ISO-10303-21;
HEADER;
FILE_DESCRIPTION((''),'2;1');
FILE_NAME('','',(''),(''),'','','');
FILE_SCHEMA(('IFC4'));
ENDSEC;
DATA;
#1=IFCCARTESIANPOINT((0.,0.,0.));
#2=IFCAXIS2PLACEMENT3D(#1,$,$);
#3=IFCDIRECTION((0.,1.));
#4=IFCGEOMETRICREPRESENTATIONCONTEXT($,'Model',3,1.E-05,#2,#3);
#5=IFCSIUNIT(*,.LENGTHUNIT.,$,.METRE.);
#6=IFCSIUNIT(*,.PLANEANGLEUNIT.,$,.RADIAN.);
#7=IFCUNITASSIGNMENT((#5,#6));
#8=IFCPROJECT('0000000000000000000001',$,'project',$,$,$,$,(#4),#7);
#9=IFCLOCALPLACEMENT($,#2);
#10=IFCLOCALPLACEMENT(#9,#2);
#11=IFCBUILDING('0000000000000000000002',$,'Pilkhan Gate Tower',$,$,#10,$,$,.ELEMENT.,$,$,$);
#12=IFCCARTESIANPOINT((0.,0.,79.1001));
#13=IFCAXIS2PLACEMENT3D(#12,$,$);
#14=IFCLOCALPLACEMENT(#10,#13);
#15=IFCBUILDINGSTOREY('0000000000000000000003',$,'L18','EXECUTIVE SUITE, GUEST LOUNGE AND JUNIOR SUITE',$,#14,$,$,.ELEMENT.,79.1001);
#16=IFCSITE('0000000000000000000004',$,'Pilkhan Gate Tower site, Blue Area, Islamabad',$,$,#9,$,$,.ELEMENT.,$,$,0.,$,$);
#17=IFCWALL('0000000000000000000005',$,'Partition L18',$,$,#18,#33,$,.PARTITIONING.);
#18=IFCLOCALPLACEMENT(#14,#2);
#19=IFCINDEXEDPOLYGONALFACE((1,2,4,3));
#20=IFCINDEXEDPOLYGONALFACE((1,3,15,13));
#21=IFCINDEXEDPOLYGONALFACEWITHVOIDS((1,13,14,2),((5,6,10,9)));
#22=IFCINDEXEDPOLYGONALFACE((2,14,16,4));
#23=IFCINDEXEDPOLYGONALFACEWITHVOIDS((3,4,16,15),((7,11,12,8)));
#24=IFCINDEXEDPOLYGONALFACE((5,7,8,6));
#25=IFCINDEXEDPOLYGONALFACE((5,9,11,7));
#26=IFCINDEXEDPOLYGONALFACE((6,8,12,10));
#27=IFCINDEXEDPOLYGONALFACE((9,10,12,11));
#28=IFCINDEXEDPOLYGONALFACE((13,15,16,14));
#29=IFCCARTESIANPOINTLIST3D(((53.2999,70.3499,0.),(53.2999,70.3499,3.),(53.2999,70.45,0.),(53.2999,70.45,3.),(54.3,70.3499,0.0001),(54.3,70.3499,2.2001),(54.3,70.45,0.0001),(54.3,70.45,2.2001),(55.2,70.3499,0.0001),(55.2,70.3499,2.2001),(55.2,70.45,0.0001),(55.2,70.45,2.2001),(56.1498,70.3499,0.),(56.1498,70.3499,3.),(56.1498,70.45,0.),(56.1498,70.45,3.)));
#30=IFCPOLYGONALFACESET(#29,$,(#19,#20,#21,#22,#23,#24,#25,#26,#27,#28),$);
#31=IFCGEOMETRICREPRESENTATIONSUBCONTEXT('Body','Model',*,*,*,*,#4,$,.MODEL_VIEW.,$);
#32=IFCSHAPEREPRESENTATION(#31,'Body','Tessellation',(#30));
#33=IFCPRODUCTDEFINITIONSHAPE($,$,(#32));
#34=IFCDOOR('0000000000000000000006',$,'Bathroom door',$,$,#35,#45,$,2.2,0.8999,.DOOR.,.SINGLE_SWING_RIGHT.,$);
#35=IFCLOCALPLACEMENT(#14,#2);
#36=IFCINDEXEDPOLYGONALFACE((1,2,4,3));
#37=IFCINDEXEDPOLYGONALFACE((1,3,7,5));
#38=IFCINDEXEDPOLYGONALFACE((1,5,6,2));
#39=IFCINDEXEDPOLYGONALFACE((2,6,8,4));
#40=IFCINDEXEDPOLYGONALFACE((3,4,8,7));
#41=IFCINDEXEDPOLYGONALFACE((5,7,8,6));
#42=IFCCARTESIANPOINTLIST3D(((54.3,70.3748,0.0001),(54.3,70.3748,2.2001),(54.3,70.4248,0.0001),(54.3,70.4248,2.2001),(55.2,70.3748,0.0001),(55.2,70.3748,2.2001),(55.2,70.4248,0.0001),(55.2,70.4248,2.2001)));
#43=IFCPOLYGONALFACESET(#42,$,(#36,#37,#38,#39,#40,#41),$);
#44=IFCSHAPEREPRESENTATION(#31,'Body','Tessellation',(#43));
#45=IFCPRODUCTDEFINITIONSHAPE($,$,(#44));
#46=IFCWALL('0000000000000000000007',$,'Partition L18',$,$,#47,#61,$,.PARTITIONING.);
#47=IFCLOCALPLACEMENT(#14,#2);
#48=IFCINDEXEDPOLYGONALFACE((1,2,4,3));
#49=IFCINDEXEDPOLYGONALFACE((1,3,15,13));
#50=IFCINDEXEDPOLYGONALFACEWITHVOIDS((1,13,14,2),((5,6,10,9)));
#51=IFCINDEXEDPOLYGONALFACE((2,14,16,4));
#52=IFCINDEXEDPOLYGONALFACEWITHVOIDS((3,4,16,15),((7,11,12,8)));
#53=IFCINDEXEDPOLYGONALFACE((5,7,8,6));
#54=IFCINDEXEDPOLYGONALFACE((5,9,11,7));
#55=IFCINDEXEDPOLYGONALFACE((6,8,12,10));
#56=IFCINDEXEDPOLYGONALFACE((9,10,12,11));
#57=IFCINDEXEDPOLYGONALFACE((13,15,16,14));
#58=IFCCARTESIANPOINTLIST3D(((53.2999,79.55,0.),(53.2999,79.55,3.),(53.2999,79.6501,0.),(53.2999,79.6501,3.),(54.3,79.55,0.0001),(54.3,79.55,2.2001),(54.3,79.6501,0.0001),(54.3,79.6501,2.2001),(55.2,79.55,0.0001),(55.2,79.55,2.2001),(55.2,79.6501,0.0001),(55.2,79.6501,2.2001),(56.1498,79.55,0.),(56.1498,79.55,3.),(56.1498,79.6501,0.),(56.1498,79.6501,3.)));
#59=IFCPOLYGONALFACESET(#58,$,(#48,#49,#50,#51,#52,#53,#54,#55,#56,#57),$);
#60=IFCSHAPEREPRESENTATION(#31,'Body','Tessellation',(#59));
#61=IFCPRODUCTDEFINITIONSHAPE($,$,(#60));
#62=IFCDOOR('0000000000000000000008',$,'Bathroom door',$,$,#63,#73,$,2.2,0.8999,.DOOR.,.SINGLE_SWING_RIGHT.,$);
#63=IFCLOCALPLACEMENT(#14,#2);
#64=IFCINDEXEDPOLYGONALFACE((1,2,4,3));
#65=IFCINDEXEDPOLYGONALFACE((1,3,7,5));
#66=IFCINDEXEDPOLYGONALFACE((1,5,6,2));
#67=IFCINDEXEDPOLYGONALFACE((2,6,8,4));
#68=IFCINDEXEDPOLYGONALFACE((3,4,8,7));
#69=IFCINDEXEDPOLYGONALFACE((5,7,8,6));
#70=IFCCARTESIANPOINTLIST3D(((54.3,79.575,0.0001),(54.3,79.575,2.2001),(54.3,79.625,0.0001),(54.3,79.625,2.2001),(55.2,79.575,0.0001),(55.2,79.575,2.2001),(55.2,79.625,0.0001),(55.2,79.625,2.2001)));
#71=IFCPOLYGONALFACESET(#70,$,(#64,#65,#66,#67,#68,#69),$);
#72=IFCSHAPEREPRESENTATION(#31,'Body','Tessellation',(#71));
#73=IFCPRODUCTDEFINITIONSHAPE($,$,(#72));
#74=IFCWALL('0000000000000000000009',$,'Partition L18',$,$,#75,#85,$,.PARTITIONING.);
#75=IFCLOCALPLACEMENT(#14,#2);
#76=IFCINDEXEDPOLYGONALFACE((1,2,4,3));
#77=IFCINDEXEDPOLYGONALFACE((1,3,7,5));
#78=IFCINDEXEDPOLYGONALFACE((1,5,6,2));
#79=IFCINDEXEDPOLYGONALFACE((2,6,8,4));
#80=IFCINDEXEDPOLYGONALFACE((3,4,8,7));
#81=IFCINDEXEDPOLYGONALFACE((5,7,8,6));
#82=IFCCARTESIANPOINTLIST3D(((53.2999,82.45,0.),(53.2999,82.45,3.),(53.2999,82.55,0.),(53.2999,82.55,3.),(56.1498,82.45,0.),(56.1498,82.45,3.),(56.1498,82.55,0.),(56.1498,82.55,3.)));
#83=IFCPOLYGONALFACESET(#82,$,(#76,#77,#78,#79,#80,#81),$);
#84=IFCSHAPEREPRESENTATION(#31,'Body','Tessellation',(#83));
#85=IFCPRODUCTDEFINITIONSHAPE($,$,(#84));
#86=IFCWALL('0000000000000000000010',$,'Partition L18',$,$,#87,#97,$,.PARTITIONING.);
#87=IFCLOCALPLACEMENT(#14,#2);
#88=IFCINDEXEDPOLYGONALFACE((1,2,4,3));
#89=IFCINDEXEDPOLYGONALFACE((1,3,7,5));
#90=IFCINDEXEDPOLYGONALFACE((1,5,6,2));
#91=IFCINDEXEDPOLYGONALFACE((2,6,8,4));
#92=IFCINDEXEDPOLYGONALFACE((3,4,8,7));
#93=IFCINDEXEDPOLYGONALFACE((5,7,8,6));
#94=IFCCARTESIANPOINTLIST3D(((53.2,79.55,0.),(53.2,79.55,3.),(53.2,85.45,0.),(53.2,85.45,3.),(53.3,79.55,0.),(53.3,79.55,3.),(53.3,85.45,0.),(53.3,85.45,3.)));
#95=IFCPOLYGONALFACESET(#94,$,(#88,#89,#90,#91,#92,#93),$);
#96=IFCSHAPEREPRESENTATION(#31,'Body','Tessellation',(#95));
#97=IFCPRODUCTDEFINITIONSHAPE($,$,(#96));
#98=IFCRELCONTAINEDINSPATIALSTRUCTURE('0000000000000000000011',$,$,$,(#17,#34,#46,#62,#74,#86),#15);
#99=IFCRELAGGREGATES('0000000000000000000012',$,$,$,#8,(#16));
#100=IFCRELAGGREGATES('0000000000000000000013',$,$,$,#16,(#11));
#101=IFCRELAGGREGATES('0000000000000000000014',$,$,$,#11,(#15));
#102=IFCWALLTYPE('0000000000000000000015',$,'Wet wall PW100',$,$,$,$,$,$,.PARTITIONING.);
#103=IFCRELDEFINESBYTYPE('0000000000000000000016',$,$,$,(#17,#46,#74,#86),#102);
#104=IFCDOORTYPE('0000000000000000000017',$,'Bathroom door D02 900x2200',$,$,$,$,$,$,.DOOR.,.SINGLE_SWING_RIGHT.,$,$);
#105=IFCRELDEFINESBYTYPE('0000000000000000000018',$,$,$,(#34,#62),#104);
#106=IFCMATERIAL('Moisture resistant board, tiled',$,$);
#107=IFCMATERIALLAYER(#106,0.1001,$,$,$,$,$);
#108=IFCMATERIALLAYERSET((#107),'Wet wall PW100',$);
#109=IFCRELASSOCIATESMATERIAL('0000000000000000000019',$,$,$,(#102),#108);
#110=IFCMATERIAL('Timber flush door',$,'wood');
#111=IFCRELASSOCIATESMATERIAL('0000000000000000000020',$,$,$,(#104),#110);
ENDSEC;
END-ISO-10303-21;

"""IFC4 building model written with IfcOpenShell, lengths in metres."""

from ifc_helpers import new_model, si_unit, direction, frame, frame_2d, origin, place, context, subcontext, project, spatial, rectangle, extrude, material, layer, layer_set, type_object, element, fill, save


model = new_model("IFC4")

# Units and contexts
model_context = context("Model", 3, precision=1e-05, world=origin(), true_north=direction((0.0, 1.0)))
body_context = subcontext(model_context, "Body", "Model", "MODEL_VIEW")
ifc_project = project(units=[si_unit("LENGTHUNIT", "METRE"), si_unit("PLANEANGLEUNIT", "RADIAN")], contexts=[model_context])

# Site, building, storey
site_placement = place(None, origin())
site = spatial("IfcSite", under=ifc_project, at=site_placement, Name="Pilkhan Gate Tower site, Blue Area, Islamabad", CompositionType="ELEMENT", RefElevation=0.0)
building_placement = place(site_placement, origin())
building = spatial("IfcBuilding", under=site, at=building_placement, Name="Pilkhan Gate Tower", CompositionType="ELEMENT")
storey_placement = place(building_placement, frame((0.0, 0.0, 79.1001)))
storey = spatial("IfcBuildingStorey", under=building, at=storey_placement, Name="L18", Description="EXECUTIVE SUITE, GUEST LOUNGE AND JUNIOR SUITE", CompositionType="ELEMENT", Elevation=79.1001)

# Walls, openings, doors
ifc_material_1 = material(Name="Moisture resistant board, tiled")
ifc_layer_1 = layer(ifc_material_1, 0.1001)
ifc_layer_set_1 = layer_set([ifc_layer_1], Name="Wet wall PW100")
wall_type_1 = type_object("IfcWallType", Name="Wet wall PW100", PredefinedType="PARTITIONING", material=ifc_layer_set_1)
wall_1_placement = place(storey_placement, frame((53.3, 70.3999, 0.0), z_axis=(0.0, 0.0, 1.0), x_axis=(1.0, 0.0, 0.0)))
wall_1 = element("IfcWall", 1, at=wall_1_placement, inside=storey, type_object=wall_type_1, Name="Partition L18", PredefinedType="PARTITIONING", context=body_context, shape_type="SweptSolid", body=[
    extrude(rectangle(XDim=2.8499, YDim=0.1001, at=frame_2d((1.4248, 0.0))), origin(), (0.0, 0.0, 1.0), 3.0),
])
opening_1_placement = place(wall_1_placement, frame((1.0, 0.0, 0.0)))
opening_1 = element("IfcOpeningElement", 2, at=opening_1_placement, cuts=wall_1, PredefinedType="OPENING", context=body_context, shape_type="SweptSolid", body=[
    extrude(rectangle(XDim=0.8999, YDim=2.2, at=frame_2d((0.45, 1.1001))), frame((0.0, 0.0601, 0.0), z_axis=(0.0, -1.0, 0.0), x_axis=(1.0, 0.0, 0.0)), (0.0, 0.0, 1.0), 0.1201),
])
ifc_material_2 = material(Name="Timber flush door", Category="wood")
door_type = type_object("IfcDoorType", Name="Bathroom door D02 900x2200", OperationType="SINGLE_SWING_RIGHT", PredefinedType="DOOR", material=ifc_material_2)
door_1_placement = place(opening_1_placement, origin())
door_1 = element("IfcDoor", 3, at=door_1_placement, inside=storey, type_object=door_type, Name="Bathroom door", OperationType="SINGLE_SWING_RIGHT", OverallHeight=2.2, OverallWidth=0.8999, PredefinedType="DOOR", context=body_context, shape_type="SweptSolid", body=[
    extrude(rectangle(XDim=0.8999, YDim=2.2, at=frame_2d((0.45, 1.1001))), frame((0.0, 0.0249, 0.0), z_axis=(0.0, -1.0, 0.0), x_axis=(1.0, 0.0, 0.0)), (0.0, 0.0, 1.0), 0.05),
])
fill(opening_1, door_1)
wall_2_placement = place(storey_placement, frame((53.3, 79.6001, 0.0), z_axis=(0.0, 0.0, 1.0), x_axis=(1.0, 0.0, 0.0)))
wall_2 = element("IfcWall", 4, at=wall_2_placement, inside=storey, type_object=wall_type_1, Name="Partition L18", PredefinedType="PARTITIONING", context=body_context, shape_type="SweptSolid", body=[
    extrude(rectangle(XDim=2.8499, YDim=0.1001, at=frame_2d((1.4248, 0.0))), origin(), (0.0, 0.0, 1.0), 3.0),
])
opening_2_placement = place(wall_2_placement, frame((1.0, 0.0, 0.0)))
opening_2 = element("IfcOpeningElement", 5, at=opening_2_placement, cuts=wall_2, PredefinedType="OPENING", context=body_context, shape_type="SweptSolid", body=[
    extrude(rectangle(XDim=0.8999, YDim=2.2, at=frame_2d((0.45, 1.1001))), frame((0.0, 0.0601, 0.0), z_axis=(0.0, -1.0, 0.0), x_axis=(1.0, 0.0, 0.0)), (0.0, 0.0, 1.0), 0.1201),
])
door_2_placement = place(opening_2_placement, origin())
door_2 = element("IfcDoor", 6, at=door_2_placement, inside=storey, type_object=door_type, Name="Bathroom door", OperationType="SINGLE_SWING_RIGHT", OverallHeight=2.2, OverallWidth=0.8999, PredefinedType="DOOR", context=body_context, shape_type="SweptSolid", body=[
    extrude(rectangle(XDim=0.8999, YDim=2.2, at=frame_2d((0.45, 1.1001))), frame((0.0, 0.0249, 0.0), z_axis=(0.0, -1.0, 0.0), x_axis=(1.0, 0.0, 0.0)), (0.0, 0.0, 1.0), 0.05),
])
fill(opening_2, door_2)

# Walls
wall_3_placement = place(storey_placement, frame((53.3, 82.5, 0.0), z_axis=(0.0, 0.0, 1.0), x_axis=(1.0, 0.0, 0.0)))
element("IfcWall", 7, at=wall_3_placement, inside=storey, type_object=wall_type_1, Name="Partition L18", PredefinedType="PARTITIONING", context=body_context, shape_type="SweptSolid", body=[
    extrude(rectangle(XDim=2.8499, YDim=0.1001, at=frame_2d((1.4248, 0.0))), origin(), (0.0, 0.0, 1.0), 3.0),
])
wall_4_placement = place(storey_placement, frame((53.25, 79.55, 0.0), z_axis=(0.0, 0.0, 1.0), x_axis=(0.0, 1.0, 0.0)))
element("IfcWall", 8, at=wall_4_placement, inside=storey, type_object=wall_type_1, Name="Partition L18", PredefinedType="PARTITIONING", context=body_context, shape_type="SweptSolid", body=[
    extrude(rectangle(XDim=5.8999, YDim=0.1001, at=frame_2d((2.95, 0.0))), origin(), (0.0, 0.0, 1.0), 3.0),
])

save(model, "model.ifc")
